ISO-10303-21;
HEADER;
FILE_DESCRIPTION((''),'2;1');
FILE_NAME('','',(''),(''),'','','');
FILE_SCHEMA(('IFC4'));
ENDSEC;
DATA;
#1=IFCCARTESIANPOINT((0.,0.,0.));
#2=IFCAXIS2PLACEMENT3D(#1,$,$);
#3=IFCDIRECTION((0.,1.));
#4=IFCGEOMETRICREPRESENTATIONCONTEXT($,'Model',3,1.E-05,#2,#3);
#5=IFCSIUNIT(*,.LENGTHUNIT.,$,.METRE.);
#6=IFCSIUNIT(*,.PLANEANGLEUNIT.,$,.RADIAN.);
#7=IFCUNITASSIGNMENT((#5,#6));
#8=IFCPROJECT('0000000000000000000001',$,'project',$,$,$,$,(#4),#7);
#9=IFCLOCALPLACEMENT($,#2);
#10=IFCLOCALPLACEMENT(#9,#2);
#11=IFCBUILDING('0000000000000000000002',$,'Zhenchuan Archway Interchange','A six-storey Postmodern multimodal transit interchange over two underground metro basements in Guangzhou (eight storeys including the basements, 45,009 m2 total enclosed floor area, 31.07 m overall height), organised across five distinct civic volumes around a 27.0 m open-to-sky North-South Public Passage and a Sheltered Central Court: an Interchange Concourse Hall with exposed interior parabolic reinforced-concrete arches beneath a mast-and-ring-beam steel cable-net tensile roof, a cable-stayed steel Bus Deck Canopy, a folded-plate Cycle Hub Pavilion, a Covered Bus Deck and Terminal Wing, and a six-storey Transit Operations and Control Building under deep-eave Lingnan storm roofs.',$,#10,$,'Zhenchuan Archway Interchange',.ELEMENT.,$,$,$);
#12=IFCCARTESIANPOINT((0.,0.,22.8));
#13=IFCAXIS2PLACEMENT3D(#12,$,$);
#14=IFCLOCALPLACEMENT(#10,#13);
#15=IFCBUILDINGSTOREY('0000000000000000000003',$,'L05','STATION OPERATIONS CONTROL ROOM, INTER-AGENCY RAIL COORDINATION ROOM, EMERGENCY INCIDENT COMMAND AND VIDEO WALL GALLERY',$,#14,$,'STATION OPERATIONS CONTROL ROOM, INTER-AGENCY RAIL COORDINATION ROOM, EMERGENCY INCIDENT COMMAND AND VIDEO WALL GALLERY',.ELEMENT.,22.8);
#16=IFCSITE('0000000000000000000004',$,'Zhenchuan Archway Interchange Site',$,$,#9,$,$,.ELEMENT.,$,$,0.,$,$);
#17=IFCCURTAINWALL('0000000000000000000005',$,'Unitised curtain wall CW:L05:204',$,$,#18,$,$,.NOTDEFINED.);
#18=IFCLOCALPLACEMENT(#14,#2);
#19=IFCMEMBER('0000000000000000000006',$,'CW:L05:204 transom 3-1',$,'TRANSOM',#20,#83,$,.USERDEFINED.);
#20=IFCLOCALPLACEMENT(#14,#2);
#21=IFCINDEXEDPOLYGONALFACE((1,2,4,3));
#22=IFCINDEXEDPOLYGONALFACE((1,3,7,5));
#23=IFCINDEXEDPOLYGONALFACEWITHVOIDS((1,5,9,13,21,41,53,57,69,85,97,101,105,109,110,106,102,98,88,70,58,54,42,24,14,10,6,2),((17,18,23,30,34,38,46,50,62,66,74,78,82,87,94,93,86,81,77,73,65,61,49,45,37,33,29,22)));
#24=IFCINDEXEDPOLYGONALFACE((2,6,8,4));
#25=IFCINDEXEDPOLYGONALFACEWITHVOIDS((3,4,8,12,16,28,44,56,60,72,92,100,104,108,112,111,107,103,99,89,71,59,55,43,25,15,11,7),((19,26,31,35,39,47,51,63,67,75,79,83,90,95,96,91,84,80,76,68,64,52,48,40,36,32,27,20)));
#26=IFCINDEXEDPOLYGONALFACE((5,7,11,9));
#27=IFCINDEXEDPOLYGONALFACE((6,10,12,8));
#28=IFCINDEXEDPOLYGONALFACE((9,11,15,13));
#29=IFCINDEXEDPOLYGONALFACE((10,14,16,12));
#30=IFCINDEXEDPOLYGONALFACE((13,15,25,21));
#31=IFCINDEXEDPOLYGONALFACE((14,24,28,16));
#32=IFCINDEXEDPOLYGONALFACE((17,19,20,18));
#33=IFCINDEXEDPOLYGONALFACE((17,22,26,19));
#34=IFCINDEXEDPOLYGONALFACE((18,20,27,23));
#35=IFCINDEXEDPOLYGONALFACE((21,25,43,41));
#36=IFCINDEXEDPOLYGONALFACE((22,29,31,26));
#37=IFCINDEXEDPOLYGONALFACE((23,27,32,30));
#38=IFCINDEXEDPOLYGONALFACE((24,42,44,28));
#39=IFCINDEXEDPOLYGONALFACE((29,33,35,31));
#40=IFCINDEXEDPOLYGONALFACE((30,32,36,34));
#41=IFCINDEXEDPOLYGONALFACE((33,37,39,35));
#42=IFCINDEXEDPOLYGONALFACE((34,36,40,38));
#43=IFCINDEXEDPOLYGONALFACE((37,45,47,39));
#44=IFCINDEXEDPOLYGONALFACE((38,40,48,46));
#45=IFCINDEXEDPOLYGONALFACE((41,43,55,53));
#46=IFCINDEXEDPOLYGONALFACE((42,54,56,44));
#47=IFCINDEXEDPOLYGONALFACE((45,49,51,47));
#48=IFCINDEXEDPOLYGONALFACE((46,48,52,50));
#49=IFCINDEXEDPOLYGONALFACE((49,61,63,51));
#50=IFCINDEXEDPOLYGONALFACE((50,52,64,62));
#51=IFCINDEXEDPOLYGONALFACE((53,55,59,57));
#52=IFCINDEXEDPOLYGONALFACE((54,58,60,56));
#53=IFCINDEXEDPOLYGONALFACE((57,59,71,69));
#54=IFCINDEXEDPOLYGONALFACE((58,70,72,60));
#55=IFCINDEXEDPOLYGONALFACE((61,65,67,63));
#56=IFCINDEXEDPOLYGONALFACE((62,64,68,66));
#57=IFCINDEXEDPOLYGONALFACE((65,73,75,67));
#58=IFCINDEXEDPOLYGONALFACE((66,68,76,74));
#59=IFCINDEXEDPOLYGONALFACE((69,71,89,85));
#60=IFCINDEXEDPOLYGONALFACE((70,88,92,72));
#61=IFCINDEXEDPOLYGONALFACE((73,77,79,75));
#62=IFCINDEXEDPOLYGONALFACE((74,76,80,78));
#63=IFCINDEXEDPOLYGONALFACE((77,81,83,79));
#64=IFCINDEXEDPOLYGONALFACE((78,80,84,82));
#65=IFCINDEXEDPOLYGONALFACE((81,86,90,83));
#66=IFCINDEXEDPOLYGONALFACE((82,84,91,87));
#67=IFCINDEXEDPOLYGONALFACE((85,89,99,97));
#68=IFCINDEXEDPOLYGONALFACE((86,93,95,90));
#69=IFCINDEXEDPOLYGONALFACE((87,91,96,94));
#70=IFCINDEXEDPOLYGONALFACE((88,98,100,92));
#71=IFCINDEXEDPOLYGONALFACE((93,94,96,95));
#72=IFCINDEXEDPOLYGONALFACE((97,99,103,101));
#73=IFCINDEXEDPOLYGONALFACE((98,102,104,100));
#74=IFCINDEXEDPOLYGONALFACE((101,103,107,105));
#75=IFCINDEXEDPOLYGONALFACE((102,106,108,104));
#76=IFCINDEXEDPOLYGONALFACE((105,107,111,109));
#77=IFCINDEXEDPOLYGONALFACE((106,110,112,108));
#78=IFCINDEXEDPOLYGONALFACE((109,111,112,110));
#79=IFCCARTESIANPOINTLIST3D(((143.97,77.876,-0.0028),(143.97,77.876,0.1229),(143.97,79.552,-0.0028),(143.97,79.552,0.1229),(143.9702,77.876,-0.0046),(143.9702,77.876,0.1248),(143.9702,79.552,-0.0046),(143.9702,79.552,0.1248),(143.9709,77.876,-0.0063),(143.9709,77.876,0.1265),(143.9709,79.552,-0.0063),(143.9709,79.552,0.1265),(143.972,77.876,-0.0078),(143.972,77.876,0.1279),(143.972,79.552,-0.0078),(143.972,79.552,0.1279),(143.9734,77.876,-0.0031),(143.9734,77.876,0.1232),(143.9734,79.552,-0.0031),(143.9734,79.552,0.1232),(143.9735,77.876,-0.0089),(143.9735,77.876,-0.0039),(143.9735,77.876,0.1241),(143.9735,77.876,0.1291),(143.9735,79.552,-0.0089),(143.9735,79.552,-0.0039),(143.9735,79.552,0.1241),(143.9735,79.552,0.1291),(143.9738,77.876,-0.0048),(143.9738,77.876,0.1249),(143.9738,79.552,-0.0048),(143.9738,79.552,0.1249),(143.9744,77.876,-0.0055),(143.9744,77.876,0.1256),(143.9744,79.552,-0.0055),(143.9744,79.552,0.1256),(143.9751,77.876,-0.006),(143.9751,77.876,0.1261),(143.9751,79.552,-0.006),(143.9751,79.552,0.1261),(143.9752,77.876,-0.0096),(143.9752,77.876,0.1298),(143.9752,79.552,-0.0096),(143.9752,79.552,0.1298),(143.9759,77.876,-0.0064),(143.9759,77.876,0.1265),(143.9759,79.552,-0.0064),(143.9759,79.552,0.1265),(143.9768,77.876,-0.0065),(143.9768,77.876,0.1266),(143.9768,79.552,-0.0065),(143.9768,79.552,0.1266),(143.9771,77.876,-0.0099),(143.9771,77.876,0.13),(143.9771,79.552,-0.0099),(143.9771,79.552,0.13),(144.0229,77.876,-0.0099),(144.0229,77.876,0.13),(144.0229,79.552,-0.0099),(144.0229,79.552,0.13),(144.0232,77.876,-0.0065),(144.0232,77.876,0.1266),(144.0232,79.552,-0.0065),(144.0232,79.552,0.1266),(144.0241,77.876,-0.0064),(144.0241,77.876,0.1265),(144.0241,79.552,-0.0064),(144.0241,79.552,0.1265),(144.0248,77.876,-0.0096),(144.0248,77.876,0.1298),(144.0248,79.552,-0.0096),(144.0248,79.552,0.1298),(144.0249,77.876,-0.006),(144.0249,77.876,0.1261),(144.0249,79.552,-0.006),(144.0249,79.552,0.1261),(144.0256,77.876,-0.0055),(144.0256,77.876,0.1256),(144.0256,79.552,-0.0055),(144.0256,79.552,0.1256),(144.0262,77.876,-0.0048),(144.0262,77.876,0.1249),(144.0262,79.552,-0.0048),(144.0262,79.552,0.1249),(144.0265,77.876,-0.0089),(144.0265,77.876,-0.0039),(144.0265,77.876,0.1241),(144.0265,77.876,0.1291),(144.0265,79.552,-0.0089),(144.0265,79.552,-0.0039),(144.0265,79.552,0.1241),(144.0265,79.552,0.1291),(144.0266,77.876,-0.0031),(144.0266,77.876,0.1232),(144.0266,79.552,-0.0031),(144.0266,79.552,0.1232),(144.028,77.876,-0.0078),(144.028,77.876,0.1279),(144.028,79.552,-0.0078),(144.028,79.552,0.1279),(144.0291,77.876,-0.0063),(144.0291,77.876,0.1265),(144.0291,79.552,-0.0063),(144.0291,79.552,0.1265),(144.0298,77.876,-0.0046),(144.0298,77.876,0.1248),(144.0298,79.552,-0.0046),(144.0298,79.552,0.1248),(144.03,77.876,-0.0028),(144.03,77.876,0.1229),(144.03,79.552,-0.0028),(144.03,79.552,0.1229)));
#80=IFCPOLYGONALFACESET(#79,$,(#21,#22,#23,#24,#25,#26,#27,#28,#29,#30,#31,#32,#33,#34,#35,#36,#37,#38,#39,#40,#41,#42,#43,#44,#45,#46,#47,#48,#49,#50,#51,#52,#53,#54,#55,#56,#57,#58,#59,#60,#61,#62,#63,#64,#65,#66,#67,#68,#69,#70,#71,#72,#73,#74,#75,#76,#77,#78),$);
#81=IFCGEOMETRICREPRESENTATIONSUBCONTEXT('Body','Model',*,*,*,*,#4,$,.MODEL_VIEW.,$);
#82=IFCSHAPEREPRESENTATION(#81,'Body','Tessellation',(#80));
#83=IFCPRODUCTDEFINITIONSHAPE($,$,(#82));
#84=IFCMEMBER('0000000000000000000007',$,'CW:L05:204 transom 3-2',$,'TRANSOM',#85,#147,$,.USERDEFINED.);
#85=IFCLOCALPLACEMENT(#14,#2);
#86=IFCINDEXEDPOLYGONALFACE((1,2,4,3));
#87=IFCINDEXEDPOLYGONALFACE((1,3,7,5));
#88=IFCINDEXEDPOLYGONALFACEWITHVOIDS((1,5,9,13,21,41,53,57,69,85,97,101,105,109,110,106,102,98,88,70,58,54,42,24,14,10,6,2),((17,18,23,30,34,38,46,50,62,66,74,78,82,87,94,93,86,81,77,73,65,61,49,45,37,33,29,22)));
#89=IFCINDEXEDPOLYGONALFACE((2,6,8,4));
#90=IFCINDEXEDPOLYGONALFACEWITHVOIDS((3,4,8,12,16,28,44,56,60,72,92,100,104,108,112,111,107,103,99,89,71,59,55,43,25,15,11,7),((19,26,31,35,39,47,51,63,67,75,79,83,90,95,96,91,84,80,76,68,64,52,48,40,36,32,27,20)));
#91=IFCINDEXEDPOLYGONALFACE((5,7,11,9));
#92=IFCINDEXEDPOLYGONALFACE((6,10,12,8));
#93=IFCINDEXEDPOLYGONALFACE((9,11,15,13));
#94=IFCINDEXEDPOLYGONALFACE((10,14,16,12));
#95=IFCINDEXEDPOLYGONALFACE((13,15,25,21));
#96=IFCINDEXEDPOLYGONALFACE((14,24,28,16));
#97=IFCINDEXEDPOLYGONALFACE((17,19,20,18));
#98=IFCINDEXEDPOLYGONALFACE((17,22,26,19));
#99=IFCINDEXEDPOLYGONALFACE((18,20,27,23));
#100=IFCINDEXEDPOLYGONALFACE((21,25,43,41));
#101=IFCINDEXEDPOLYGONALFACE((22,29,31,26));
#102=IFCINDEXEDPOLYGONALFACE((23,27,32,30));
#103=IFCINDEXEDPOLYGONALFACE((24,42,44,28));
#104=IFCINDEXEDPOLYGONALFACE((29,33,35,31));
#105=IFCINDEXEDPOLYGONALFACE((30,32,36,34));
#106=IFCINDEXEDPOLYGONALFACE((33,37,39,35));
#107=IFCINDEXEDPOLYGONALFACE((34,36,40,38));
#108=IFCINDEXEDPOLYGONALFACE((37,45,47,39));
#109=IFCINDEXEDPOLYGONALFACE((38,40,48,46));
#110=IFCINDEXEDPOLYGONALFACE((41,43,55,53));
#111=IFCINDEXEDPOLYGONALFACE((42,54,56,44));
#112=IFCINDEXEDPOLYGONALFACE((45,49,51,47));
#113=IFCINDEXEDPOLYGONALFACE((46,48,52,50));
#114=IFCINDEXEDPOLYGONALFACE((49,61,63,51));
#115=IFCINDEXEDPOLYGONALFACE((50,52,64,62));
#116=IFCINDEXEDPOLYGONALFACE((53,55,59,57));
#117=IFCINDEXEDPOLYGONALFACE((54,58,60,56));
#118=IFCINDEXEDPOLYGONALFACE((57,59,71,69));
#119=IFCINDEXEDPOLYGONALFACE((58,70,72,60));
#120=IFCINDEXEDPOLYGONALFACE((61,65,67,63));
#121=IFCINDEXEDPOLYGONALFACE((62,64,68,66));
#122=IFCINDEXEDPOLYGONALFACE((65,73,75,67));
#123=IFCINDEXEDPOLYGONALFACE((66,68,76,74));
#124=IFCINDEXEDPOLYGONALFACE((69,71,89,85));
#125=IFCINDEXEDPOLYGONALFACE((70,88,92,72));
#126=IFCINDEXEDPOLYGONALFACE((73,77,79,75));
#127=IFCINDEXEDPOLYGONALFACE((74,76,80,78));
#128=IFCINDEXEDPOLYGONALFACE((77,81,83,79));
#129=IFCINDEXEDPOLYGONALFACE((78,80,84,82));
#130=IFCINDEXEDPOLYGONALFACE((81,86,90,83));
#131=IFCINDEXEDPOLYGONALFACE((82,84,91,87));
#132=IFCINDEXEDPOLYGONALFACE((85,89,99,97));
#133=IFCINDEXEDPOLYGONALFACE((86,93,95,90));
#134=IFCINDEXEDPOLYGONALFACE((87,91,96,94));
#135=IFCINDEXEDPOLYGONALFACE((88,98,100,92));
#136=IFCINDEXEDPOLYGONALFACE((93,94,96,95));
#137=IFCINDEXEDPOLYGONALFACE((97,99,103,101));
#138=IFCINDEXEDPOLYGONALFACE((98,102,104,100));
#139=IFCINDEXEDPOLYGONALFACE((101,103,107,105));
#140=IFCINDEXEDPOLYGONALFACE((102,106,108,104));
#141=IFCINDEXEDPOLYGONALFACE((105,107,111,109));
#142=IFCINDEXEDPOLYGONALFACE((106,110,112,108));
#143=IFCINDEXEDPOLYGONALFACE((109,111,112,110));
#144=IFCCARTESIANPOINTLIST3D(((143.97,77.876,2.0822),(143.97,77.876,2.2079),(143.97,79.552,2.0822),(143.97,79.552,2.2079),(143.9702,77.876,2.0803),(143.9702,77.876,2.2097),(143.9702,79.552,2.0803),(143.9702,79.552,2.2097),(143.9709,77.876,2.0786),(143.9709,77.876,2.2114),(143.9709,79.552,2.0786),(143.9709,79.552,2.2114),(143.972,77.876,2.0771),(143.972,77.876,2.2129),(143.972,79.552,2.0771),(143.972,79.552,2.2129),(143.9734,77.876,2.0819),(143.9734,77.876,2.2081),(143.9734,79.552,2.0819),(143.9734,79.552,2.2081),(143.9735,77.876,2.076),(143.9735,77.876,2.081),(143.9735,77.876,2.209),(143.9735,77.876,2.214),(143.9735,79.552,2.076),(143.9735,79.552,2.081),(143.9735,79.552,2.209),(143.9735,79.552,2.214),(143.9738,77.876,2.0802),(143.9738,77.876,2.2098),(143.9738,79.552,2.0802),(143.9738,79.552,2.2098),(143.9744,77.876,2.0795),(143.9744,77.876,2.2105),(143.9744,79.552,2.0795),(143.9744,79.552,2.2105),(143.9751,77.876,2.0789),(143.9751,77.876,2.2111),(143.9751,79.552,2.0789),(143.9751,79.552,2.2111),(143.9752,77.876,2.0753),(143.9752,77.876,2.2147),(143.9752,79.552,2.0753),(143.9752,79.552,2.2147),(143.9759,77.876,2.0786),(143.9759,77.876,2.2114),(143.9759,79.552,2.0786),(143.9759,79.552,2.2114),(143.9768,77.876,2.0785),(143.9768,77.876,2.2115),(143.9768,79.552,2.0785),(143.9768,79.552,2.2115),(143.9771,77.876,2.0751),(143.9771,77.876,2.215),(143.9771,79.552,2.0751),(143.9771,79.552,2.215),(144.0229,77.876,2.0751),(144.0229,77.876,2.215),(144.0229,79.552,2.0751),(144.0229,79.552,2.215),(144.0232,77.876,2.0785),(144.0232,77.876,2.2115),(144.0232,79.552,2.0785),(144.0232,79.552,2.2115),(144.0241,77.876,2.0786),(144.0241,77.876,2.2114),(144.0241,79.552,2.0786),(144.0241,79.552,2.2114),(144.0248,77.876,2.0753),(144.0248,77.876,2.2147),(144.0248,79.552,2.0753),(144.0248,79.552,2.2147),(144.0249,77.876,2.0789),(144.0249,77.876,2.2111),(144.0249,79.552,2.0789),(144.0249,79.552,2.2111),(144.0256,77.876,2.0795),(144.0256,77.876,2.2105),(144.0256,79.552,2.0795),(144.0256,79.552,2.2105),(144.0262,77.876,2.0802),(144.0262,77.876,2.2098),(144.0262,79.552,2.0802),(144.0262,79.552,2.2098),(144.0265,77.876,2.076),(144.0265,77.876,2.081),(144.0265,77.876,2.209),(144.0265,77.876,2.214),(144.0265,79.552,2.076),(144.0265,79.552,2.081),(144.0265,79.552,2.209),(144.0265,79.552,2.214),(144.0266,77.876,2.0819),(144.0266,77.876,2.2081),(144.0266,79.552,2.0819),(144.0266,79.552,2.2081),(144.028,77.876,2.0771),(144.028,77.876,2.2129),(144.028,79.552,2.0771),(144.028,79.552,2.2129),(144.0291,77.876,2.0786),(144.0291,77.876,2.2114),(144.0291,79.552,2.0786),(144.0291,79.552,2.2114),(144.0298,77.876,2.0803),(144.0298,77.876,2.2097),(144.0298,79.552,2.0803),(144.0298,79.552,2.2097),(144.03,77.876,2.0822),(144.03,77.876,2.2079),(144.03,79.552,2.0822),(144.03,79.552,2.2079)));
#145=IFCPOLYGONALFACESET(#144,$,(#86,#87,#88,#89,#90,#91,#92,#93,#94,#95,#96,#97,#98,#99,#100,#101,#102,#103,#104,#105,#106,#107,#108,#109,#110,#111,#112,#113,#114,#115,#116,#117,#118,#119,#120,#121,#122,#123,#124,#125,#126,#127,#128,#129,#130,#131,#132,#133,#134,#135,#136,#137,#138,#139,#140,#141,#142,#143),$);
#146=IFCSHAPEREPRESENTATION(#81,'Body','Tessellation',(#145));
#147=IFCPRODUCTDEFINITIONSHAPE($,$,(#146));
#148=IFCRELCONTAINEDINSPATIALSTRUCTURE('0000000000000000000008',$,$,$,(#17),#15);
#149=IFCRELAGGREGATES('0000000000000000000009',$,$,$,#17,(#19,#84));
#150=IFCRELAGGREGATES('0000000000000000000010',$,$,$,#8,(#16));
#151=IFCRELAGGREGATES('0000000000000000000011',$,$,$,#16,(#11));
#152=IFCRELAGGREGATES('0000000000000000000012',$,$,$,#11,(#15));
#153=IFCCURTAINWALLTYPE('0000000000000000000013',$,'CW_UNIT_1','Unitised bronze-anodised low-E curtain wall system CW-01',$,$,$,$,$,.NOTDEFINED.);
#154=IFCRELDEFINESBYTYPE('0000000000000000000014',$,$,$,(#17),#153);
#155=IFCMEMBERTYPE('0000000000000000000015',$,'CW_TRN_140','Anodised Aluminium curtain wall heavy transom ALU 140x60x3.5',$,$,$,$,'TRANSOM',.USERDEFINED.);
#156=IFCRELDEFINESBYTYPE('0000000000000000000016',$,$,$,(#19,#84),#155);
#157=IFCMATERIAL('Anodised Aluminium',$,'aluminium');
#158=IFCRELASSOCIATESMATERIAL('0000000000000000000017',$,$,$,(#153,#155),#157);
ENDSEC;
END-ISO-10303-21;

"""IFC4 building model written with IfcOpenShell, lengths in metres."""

from ifc_helpers import new_model, si_unit, direction, frame, origin, origin_2d, place, context, subcontext, project, spatial, hollow_rectangle, extrude, material, material_profile, profile_set, type_object, element, aggregate, save


model = new_model("IFC4")

# Units and contexts
model_context = context("Model", 3, precision=1e-05, world=origin(), true_north=direction((0.0, 1.0)))
body_context = subcontext(model_context, "Body", "Model", "MODEL_VIEW")
ifc_project = project(units=[si_unit("LENGTHUNIT", "METRE"), si_unit("PLANEANGLEUNIT", "RADIAN")], contexts=[model_context])

# Site, building, storey
site_placement = place(None, origin())
site = spatial("IfcSite", under=ifc_project, at=site_placement, Name="Zhenchuan Archway Interchange Site", CompositionType="ELEMENT", RefElevation=0.0)
building_placement = place(site_placement, origin())
building = spatial("IfcBuilding", under=site, at=building_placement, Name="Zhenchuan Archway Interchange", Description="A six-storey Postmodern multimodal transit interchange over two underground metro basements in Guangzhou (eight storeys including the basements, 45,009 m2 total enclosed floor area, 31.07 m overall height), organised across five distinct civic volumes around a 27.0 m open-to-sky North-South Public Passage and a Sheltered Central Court: an Interchange Concourse Hall with exposed interior parabolic reinforced-concrete arches beneath a mast-and-ring-beam steel cable-net tensile roof, a cable-stayed steel Bus Deck Canopy, a folded-plate Cycle Hub Pavilion, a Covered Bus Deck and Terminal Wing, and a six-storey Transit Operations and Control Building under deep-eave Lingnan storm roofs.", LongName="Zhenchuan Archway Interchange", CompositionType="ELEMENT")
storey_placement = place(building_placement, frame((0.0, 0.0, 22.8)))
storey = spatial("IfcBuildingStorey", under=building, at=storey_placement, Name="L05", Description="STATION OPERATIONS CONTROL ROOM, INTER-AGENCY RAIL COORDINATION ROOM, EMERGENCY INCIDENT COMMAND AND VIDEO WALL GALLERY", LongName="STATION OPERATIONS CONTROL ROOM, INTER-AGENCY RAIL COORDINATION ROOM, EMERGENCY INCIDENT COMMAND AND VIDEO WALL GALLERY", CompositionType="ELEMENT", Elevation=22.8)

# Curtain wall, members
ifc_material_1 = material(Name="Anodised Aluminium", Category="aluminium")
curtain_wall_type = type_object("IfcCurtainWallType", Name="CW_UNIT_1", Description="Unitised bronze-anodised low-E curtain wall system CW-01", PredefinedType="NOTDEFINED", material=ifc_material_1)
curtain_wall_placement = place(storey_placement, origin())
curtain_wall = element("IfcCurtainWall", 1, at=curtain_wall_placement, inside=storey, type_object=curtain_wall_type, Name="Unitised curtain wall CW:L05:204", PredefinedType="NOTDEFINED")
ifc_material_profile_1 = material_profile(ifc_material_1, hollow_rectangle(XDim=0.0601, YDim=0.1399, WallThickness=0.0034, InnerFilletRadius=0.0034, OuterFilletRadius=0.0071, at=origin_2d()), Name="ALU 140x60x3.5")
ifc_profile_set_1 = profile_set([ifc_material_profile_1], Name="Anodised Aluminium")
member_type_1 = type_object("IfcMemberType", Name="CW_TRN_140", Description="Anodised Aluminium curtain wall heavy transom ALU 140x60x3.5", ElementType="TRANSOM", PredefinedType="USERDEFINED", material=ifc_profile_set_1)
member_1_placement = place(storey_placement, frame((144.0, 77.876, 0.0601), z_axis=(0.0, 1.0, 0.0), x_axis=(-1.0, 0.0, 0.0)))
member_1 = element("IfcMember", 2, at=member_1_placement, type_object=member_type_1, Name="CW:L05:204 transom 3-1", ObjectType="TRANSOM", PredefinedType="USERDEFINED", context=body_context, shape_type="SweptSolid", body=[
    extrude(hollow_rectangle(XDim=0.0601, YDim=0.1399, WallThickness=0.0034, InnerFilletRadius=0.0034, OuterFilletRadius=0.0071, at=origin_2d()), origin(), (0.0, 0.0, 1.0), 1.676),
])
member_2_placement = place(storey_placement, frame((144.0, 77.876, 2.145), z_axis=(0.0, 1.0, 0.0), x_axis=(-1.0, 0.0, 0.0)))
member_2 = element("IfcMember", 3, at=member_2_placement, type_object=member_type_1, Name="CW:L05:204 transom 3-2", ObjectType="TRANSOM", PredefinedType="USERDEFINED", context=body_context, shape_type="SweptSolid", body=[
    extrude(hollow_rectangle(XDim=0.0601, YDim=0.1399, WallThickness=0.0034, InnerFilletRadius=0.0034, OuterFilletRadius=0.0071, at=origin_2d()), origin(), (0.0, 0.0, 1.0), 1.676),
])

aggregate(curtain_wall, [member_1, member_2])

save(model, "model.ifc")
